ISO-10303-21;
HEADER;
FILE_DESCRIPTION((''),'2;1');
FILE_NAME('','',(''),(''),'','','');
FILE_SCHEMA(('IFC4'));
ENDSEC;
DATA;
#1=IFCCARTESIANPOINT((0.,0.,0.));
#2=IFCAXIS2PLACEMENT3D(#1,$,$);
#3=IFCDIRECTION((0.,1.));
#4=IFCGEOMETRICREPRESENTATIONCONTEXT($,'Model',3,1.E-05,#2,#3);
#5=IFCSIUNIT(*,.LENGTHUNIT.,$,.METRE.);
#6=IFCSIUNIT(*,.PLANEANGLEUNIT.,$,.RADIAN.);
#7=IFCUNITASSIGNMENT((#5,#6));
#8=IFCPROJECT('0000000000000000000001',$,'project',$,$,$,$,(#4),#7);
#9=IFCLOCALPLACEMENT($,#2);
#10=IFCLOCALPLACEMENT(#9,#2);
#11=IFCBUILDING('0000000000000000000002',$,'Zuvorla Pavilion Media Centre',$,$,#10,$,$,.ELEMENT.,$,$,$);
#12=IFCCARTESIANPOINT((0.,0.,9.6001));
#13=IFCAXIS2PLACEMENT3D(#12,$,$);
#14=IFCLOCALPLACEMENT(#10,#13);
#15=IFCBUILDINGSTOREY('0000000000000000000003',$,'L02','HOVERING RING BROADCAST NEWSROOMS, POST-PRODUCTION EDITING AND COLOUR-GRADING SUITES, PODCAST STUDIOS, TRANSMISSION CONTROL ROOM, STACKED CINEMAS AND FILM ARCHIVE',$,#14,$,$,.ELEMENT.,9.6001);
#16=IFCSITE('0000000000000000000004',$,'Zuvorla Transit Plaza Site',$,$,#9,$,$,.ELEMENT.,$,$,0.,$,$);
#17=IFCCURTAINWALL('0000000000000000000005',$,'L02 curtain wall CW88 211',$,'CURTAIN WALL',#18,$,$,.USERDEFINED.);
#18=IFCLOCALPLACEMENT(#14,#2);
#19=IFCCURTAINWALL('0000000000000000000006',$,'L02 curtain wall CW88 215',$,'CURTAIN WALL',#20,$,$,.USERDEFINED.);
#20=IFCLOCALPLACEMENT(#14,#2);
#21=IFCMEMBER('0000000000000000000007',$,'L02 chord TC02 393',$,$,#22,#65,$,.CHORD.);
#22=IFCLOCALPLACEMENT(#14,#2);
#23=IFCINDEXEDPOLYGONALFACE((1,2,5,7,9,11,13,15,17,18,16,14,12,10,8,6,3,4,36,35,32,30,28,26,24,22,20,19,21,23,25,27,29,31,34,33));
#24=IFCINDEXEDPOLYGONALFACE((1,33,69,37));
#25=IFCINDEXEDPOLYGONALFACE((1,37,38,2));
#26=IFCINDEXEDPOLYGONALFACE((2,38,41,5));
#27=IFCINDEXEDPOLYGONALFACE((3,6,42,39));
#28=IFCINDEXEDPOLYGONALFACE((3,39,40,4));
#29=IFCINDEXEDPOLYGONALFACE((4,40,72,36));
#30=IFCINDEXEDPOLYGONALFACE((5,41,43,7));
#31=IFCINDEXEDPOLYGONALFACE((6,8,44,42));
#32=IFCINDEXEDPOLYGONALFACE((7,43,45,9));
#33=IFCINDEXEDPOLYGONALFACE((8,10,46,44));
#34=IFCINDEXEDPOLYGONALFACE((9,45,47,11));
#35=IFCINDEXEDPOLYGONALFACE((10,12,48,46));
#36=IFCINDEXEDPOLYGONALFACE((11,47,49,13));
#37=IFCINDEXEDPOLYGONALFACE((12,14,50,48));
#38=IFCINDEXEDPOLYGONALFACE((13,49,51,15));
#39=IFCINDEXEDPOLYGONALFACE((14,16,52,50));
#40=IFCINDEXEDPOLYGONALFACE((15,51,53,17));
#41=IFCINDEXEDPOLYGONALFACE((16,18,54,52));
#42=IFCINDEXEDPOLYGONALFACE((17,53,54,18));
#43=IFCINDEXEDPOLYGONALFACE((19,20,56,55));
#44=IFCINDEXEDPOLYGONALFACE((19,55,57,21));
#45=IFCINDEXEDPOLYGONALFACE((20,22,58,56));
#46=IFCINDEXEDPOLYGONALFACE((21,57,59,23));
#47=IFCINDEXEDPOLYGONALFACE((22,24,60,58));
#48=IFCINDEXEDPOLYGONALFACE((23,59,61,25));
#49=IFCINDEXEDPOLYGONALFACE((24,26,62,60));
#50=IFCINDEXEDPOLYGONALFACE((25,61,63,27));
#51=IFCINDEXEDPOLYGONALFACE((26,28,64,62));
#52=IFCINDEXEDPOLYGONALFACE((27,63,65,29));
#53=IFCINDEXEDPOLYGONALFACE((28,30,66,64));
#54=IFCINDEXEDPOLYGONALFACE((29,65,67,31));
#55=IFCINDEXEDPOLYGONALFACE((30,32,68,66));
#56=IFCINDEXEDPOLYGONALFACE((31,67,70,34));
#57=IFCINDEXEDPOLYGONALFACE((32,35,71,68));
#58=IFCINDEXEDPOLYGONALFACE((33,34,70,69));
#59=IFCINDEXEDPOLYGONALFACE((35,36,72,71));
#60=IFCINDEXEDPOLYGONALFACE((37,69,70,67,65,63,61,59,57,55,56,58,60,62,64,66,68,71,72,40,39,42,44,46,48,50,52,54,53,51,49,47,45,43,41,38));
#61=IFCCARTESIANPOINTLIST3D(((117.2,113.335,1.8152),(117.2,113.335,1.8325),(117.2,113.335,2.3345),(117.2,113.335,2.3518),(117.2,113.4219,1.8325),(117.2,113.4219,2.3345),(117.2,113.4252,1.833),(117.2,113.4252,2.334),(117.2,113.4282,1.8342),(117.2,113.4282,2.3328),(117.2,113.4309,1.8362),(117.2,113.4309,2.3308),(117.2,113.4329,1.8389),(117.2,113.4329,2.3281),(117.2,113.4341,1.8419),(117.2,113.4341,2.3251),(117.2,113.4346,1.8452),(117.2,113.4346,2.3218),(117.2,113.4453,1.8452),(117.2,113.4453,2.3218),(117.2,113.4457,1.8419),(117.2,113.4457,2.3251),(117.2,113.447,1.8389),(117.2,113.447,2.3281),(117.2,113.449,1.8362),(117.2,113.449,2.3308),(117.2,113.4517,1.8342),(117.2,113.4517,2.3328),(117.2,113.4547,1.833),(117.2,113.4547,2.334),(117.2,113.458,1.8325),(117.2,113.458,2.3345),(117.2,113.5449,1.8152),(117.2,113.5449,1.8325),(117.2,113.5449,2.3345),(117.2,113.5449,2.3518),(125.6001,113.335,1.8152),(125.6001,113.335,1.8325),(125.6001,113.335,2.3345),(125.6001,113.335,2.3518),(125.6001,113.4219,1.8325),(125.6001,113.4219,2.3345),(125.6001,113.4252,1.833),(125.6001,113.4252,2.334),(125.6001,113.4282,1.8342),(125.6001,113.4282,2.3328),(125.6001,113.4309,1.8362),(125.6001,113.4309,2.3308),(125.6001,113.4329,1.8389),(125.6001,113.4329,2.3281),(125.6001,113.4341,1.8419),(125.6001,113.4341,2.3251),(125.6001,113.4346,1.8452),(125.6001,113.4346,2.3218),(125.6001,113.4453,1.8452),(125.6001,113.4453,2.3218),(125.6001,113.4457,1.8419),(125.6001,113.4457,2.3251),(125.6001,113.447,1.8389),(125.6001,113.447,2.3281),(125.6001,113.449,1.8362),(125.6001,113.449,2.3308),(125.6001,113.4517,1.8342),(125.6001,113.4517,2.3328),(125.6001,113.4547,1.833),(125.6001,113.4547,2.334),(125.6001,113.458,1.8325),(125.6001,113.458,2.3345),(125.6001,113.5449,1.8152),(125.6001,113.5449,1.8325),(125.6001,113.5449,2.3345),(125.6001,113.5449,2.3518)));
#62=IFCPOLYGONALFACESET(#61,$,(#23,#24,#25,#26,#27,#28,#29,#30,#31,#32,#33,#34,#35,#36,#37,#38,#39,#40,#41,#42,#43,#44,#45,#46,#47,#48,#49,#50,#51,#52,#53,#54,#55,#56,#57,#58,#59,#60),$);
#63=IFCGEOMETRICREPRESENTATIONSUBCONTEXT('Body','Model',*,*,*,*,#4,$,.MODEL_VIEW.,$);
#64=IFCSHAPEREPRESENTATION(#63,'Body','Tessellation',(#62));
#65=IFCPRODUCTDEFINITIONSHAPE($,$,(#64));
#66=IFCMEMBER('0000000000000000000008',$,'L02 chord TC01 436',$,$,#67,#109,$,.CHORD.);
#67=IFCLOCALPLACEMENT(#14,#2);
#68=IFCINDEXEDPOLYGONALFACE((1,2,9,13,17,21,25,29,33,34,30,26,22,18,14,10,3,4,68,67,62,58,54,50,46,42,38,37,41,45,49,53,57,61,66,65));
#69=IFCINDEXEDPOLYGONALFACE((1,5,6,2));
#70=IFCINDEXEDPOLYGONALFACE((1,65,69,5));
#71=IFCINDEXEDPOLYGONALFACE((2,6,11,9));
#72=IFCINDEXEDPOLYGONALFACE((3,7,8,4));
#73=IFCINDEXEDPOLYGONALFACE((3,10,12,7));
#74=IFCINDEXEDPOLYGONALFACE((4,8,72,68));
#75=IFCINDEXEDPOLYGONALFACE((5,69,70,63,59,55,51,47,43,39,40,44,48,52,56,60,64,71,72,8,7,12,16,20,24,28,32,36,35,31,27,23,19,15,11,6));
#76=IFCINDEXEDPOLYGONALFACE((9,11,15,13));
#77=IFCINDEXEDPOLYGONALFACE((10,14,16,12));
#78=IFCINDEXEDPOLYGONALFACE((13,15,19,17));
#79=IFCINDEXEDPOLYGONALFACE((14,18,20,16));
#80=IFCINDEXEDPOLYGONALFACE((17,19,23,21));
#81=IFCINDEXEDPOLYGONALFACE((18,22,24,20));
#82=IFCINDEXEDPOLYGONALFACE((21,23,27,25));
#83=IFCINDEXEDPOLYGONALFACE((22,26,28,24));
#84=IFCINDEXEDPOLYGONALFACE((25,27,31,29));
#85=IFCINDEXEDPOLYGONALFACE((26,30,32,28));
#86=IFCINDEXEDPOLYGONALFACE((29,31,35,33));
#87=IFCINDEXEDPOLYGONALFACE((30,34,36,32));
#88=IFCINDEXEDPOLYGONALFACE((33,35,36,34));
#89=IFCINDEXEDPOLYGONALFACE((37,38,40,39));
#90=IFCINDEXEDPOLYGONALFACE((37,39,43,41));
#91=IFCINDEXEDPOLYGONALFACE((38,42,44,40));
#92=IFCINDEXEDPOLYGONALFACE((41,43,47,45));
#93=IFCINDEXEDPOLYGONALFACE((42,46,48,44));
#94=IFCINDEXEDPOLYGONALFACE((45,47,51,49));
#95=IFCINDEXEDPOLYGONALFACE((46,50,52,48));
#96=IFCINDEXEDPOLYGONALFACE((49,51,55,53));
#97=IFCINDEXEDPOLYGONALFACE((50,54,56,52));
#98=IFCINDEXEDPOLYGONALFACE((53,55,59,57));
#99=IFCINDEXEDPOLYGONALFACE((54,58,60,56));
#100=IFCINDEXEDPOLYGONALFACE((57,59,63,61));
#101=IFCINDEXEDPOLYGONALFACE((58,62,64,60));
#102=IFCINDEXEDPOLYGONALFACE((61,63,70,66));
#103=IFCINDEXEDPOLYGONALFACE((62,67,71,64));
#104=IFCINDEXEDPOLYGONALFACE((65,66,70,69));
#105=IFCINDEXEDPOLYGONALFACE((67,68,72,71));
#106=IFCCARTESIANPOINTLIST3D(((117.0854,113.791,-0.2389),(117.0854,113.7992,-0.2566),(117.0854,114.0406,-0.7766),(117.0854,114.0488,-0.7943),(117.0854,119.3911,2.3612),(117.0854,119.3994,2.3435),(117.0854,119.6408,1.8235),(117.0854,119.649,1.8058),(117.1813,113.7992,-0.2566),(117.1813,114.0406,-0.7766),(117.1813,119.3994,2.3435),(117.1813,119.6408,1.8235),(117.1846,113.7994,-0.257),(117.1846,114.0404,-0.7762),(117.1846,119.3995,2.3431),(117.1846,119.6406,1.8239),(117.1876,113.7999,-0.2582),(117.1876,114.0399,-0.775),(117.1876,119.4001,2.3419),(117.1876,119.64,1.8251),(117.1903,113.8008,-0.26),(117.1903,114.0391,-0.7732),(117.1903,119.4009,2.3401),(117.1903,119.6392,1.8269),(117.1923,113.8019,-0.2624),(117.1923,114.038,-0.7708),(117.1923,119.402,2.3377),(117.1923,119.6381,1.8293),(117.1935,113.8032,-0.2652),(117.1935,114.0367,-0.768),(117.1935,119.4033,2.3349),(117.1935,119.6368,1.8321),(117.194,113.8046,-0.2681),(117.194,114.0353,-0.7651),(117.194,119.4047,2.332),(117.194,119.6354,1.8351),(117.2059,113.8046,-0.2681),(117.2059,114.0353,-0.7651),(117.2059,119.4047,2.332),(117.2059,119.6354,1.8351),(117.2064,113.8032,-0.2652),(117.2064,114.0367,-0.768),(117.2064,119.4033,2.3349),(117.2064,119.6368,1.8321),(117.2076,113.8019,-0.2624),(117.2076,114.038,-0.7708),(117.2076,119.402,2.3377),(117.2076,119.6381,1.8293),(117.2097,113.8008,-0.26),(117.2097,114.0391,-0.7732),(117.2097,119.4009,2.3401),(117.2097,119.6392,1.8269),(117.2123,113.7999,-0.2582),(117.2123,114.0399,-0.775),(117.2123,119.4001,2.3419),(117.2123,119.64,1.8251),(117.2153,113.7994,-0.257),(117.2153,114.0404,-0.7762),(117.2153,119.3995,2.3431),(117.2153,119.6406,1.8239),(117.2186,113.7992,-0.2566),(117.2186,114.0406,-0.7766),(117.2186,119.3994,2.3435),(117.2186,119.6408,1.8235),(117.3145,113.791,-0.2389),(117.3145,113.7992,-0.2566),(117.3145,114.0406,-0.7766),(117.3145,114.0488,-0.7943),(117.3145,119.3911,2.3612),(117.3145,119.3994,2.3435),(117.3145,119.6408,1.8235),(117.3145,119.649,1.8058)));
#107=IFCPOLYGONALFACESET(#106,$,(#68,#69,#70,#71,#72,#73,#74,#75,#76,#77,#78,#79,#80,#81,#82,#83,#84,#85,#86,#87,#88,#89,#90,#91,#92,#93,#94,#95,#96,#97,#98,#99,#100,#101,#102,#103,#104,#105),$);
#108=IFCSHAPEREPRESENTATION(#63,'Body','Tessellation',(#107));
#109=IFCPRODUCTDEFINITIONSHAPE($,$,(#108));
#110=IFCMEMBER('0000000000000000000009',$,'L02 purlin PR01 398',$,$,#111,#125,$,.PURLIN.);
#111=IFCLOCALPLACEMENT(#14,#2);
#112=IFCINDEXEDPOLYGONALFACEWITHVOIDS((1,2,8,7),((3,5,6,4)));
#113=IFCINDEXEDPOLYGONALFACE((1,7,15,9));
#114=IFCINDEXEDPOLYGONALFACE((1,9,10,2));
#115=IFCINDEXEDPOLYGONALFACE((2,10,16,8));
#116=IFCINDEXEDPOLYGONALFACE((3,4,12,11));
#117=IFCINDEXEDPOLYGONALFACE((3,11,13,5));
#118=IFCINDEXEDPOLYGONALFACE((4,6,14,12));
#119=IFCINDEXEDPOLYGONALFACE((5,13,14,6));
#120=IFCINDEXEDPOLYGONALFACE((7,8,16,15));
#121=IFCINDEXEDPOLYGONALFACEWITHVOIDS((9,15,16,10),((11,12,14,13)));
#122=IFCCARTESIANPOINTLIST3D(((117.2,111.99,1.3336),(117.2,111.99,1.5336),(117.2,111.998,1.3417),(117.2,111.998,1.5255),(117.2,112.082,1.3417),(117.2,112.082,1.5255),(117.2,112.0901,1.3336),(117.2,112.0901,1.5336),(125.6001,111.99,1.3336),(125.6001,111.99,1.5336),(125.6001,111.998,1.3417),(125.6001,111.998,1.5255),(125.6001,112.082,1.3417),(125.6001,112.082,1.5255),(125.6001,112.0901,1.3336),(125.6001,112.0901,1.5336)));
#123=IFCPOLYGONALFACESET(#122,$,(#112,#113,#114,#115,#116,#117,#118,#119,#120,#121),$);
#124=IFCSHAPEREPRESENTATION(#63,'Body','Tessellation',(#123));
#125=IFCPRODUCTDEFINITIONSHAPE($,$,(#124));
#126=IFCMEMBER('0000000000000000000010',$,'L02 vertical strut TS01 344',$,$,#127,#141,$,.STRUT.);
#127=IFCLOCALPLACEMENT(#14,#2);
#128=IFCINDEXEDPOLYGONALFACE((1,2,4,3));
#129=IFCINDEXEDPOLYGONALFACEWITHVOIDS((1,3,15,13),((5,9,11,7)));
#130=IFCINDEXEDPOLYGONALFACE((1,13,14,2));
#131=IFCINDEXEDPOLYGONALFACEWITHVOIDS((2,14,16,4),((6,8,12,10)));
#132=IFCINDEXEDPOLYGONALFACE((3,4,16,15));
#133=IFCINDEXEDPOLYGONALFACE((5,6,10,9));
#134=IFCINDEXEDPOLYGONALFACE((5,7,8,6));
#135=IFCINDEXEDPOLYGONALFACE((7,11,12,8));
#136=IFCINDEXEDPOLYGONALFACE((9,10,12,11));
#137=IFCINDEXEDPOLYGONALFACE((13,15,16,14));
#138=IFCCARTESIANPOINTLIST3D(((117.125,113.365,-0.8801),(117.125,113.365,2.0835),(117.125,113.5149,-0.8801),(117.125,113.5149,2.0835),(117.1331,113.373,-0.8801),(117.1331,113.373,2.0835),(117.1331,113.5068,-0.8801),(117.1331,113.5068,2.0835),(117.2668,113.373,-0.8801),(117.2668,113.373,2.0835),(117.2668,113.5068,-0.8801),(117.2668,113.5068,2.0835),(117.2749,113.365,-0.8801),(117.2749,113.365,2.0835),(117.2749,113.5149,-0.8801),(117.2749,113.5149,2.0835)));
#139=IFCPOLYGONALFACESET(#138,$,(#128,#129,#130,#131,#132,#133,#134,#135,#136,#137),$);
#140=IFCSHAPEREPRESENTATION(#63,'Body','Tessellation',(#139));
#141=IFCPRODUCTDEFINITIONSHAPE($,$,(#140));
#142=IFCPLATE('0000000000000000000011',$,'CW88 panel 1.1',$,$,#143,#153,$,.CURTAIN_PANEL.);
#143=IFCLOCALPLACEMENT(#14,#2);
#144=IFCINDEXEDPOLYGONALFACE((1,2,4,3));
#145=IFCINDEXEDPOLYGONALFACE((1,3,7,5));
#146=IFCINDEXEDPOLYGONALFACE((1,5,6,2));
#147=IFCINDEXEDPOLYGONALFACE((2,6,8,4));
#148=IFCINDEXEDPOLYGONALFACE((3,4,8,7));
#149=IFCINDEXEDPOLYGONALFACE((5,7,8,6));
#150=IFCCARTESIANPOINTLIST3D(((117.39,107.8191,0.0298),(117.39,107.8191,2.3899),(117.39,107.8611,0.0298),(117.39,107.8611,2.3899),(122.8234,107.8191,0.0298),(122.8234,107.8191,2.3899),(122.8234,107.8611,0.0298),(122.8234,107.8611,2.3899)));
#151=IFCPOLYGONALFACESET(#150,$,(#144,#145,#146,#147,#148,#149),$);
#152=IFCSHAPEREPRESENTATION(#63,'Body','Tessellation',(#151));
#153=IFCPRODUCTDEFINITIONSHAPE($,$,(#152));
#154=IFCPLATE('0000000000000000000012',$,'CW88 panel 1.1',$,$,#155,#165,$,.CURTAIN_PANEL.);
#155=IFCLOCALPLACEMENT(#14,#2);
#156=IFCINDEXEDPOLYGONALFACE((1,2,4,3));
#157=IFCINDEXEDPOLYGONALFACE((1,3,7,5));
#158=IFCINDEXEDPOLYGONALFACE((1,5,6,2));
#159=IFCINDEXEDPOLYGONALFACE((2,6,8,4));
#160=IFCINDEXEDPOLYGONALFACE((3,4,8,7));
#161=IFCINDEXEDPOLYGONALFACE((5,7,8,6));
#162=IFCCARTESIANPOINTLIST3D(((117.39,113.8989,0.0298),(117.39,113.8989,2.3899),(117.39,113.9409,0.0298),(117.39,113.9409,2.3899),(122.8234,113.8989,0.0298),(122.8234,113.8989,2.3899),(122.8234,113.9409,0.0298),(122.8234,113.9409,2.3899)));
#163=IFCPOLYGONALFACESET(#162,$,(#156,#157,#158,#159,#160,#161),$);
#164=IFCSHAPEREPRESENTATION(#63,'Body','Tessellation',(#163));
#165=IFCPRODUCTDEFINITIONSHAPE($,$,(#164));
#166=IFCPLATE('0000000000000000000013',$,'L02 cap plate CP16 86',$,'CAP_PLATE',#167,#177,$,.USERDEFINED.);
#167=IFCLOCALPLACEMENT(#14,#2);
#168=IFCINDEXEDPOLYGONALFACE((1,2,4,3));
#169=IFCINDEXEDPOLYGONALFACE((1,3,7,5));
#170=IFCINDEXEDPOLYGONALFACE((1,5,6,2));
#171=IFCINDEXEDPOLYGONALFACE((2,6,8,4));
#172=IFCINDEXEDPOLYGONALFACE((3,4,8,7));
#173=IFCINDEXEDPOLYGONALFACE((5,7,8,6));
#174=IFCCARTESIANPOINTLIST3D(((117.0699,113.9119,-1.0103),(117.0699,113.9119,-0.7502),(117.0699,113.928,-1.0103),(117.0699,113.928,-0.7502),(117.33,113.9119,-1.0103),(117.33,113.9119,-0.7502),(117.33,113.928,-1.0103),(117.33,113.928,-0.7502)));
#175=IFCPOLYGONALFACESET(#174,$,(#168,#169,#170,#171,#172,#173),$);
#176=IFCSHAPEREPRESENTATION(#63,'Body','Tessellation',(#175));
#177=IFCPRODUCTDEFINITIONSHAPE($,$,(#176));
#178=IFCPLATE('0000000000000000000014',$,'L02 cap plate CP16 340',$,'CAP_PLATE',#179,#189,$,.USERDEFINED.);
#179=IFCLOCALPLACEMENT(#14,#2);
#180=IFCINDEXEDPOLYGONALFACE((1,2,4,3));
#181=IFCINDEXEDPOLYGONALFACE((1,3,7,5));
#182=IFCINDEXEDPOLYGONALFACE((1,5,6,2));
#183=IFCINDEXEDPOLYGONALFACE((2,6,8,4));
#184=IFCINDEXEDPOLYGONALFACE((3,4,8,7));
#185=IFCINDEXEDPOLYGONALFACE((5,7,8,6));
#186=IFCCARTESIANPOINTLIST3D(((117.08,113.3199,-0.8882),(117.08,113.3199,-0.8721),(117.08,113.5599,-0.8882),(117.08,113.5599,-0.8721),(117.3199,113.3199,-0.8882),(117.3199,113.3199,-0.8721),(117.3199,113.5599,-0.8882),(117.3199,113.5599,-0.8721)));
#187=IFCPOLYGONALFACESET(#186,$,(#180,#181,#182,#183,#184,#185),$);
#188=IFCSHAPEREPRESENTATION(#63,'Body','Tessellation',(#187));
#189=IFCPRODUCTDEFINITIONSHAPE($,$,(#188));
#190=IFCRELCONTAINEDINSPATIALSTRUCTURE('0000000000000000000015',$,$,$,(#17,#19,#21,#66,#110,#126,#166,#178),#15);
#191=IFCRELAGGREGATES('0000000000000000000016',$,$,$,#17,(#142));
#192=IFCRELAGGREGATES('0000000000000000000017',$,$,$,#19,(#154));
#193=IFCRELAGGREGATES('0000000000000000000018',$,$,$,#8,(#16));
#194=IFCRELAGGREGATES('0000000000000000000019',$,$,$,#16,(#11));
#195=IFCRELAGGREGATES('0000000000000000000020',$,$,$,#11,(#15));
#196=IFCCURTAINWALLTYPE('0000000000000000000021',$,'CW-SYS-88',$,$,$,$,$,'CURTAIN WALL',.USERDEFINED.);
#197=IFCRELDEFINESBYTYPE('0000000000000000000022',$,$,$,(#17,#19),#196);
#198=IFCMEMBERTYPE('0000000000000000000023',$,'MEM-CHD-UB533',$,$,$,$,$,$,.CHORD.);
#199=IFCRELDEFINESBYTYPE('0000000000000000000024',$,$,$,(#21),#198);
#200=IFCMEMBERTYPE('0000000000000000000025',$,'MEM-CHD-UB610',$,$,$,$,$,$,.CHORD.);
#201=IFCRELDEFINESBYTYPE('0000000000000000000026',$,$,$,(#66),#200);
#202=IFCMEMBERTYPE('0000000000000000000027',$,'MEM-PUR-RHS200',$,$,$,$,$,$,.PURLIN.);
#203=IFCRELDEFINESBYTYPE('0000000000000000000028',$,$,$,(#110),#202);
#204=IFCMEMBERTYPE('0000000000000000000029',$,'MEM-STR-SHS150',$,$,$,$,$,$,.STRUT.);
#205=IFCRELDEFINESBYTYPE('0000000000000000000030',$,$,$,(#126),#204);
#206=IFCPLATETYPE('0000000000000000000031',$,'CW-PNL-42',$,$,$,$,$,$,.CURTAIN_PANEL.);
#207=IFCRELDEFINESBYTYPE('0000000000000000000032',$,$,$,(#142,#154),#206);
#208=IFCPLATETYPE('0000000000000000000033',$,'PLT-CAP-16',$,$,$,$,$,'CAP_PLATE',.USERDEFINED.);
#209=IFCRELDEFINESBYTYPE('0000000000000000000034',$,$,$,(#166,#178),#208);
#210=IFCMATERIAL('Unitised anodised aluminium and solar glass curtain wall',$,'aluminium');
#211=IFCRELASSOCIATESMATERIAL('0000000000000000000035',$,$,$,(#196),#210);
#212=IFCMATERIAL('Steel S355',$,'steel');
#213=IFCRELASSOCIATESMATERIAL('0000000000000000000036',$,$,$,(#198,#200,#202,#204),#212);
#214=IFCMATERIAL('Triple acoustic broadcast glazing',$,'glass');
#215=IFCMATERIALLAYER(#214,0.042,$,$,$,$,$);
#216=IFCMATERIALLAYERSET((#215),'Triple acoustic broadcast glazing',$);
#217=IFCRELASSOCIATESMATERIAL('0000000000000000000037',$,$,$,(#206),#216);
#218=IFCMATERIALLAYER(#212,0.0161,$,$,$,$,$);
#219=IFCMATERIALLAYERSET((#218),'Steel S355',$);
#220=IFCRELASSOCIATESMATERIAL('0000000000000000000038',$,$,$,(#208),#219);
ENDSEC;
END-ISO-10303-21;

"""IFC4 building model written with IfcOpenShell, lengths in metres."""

from ifc_helpers import new_model, si_unit, direction, frame, origin, origin_2d, place, context, subcontext, project, spatial, rectangle, hollow_rectangle, i_section, extrude, material, layer, layer_set, material_profile, profile_set, type_object, element, aggregate, save


model = new_model("IFC4")

# Units and contexts
model_context = context("Model", 3, precision=1e-05, world=origin(), true_north=direction((0.0, 1.0)))
body_context = subcontext(model_context, "Body", "Model", "MODEL_VIEW")
ifc_project = project(units=[si_unit("LENGTHUNIT", "METRE"), si_unit("PLANEANGLEUNIT", "RADIAN")], contexts=[model_context])

# Site, building, storey
site_placement = place(None, origin())
site = spatial("IfcSite", under=ifc_project, at=site_placement, Name="Zuvorla Transit Plaza Site", CompositionType="ELEMENT", RefElevation=0.0)
building_placement = place(site_placement, origin())
building = spatial("IfcBuilding", under=site, at=building_placement, Name="Zuvorla Pavilion Media Centre", CompositionType="ELEMENT")
storey_placement = place(building_placement, frame((0.0, 0.0, 9.6001)))
storey = spatial("IfcBuildingStorey", under=building, at=storey_placement, Name="L02", Description="HOVERING RING BROADCAST NEWSROOMS, POST-PRODUCTION EDITING AND COLOUR-GRADING SUITES, PODCAST STUDIOS, TRANSMISSION CONTROL ROOM, STACKED CINEMAS AND FILM ARCHIVE", CompositionType="ELEMENT", Elevation=9.6001)

# Curtain walls
ifc_material_1 = material(Name="Unitised anodised aluminium and solar glass curtain wall", Category="aluminium")
curtain_wall_type = type_object("IfcCurtainWallType", Name="CW-SYS-88", ElementType="CURTAIN WALL", PredefinedType="USERDEFINED", material=ifc_material_1)
curtain_wall_1_placement = place(storey_placement, origin())
curtain_wall_1 = element("IfcCurtainWall", 1, at=curtain_wall_1_placement, inside=storey, type_object=curtain_wall_type, Name="L02 curtain wall CW88 211", ObjectType="CURTAIN WALL", PredefinedType="USERDEFINED")
curtain_wall_2_placement = place(storey_placement, origin())
curtain_wall_2 = element("IfcCurtainWall", 2, at=curtain_wall_2_placement, inside=storey, type_object=curtain_wall_type, Name="L02 curtain wall CW88 215", ObjectType="CURTAIN WALL", PredefinedType="USERDEFINED")

# Members
ifc_material_2 = material(Name="Steel S355", Category="steel")
ifc_material_profile_1 = material_profile(ifc_material_2, i_section(OverallWidth=0.21, OverallDepth=0.5366, WebThickness=0.0107, FlangeThickness=0.0173, FilletRadius=0.0127, at=origin_2d()), Name="UB 533x210x101")
ifc_profile_set_1 = profile_set([ifc_material_profile_1], Name="Steel S355")
member_type_1 = type_object("IfcMemberType", Name="MEM-CHD-UB533", PredefinedType="CHORD", material=ifc_profile_set_1)
member_1_placement = place(storey_placement, frame((117.2, 113.4399, 2.0835), z_axis=(1.0, 0.0, 0.0), x_axis=(0.0, 1.0, 0.0)))
element("IfcMember", 3, at=member_1_placement, inside=storey, type_object=member_type_1, Name="L02 chord TC02 393", PredefinedType="CHORD", context=body_context, shape_type="SweptSolid", body=[
    extrude(i_section(OverallWidth=0.21, OverallDepth=0.5366, WebThickness=0.0107, FlangeThickness=0.0173, FilletRadius=0.0127, at=origin_2d()), origin(), (0.0, 0.0, 1.0), 8.4001),
])
ifc_material_profile_2 = material_profile(ifc_material_2, i_section(OverallWidth=0.229, OverallDepth=0.6123, WebThickness=0.012, FlangeThickness=0.0195, FilletRadius=0.0127, at=origin_2d()), Name="UB 610x229x125")
ifc_profile_set_2 = profile_set([ifc_material_profile_2], Name="Steel S355")
member_type_2 = type_object("IfcMemberType", Name="MEM-CHD-UB610", PredefinedType="CHORD", material=ifc_profile_set_2)
member_2_placement = place(storey_placement, frame((117.2, 113.9199, -0.5166), z_axis=(0.0, 0.907006, 0.421118), x_axis=(-1.0, 0.0, 0.0)))
element("IfcMember", 4, at=member_2_placement, inside=storey, type_object=member_type_2, Name="L02 chord TC01 436", PredefinedType="CHORD", context=body_context, shape_type="SweptSolid", body=[
    extrude(i_section(OverallWidth=0.229, OverallDepth=0.6123, WebThickness=0.012, FlangeThickness=0.0195, FilletRadius=0.0127, at=origin_2d()), origin(), (0.0, 0.0, 1.0), 6.1743),
])
ifc_material_profile_3 = material_profile(ifc_material_2, hollow_rectangle(XDim=0.1001, YDim=0.2, WallThickness=0.0081, at=origin_2d()), Name="RHS 200x100x8")
ifc_profile_set_3 = profile_set([ifc_material_profile_3], Name="Steel S355")
member_type_3 = type_object("IfcMemberType", Name="MEM-PUR-RHS200", PredefinedType="PURLIN", material=ifc_profile_set_3)
member_3_placement = place(storey_placement, frame((117.2, 112.04, 1.4336), z_axis=(1.0, 0.0, 0.0), x_axis=(0.0, 1.0, 0.0)))
element("IfcMember", 5, at=member_3_placement, inside=storey, type_object=member_type_3, Name="L02 purlin PR01 398", PredefinedType="PURLIN", context=body_context, shape_type="SweptSolid", body=[
    extrude(hollow_rectangle(XDim=0.1001, YDim=0.2, WallThickness=0.0081, at=origin_2d()), origin(), (0.0, 0.0, 1.0), 8.4001),
])
ifc_material_profile_4 = material_profile(ifc_material_2, hollow_rectangle(XDim=0.1499, YDim=0.1499, WallThickness=0.0081, at=origin_2d()), Name="SHS 150x150x8")
ifc_profile_set_4 = profile_set([ifc_material_profile_4], Name="Steel S355")
member_type_4 = type_object("IfcMemberType", Name="MEM-STR-SHS150", PredefinedType="STRUT", material=ifc_profile_set_4)
member_4_placement = place(storey_placement, frame((117.2, 113.4399, -0.8801), z_axis=(0.0, 0.0, 1.0), x_axis=(1.0, 0.0, 0.0)))
element("IfcMember", 6, at=member_4_placement, inside=storey, type_object=member_type_4, Name="L02 vertical strut TS01 344", PredefinedType="STRUT", context=body_context, shape_type="SweptSolid", body=[
    extrude(hollow_rectangle(XDim=0.1499, YDim=0.1499, WallThickness=0.0081, at=origin_2d()), origin(), (0.0, 0.0, 1.0), 2.9636),
])

# Plates
ifc_material_3 = material(Name="Triple acoustic broadcast glazing", Category="glass")
ifc_layer_1 = layer(ifc_material_3, 0.042)
ifc_layer_set_1 = layer_set([ifc_layer_1], Name="Triple acoustic broadcast glazing")
plate_type_1 = type_object("IfcPlateType", Name="CW-PNL-42", PredefinedType="CURTAIN_PANEL", material=ifc_layer_set_1)
plate_1_placement = place(storey_placement, frame((120.1067, 107.8401, 0.0298), z_axis=(0.0, 0.0, 1.0), x_axis=(1.0, 0.0, 0.0)))
plate_1 = element("IfcPlate", 7, at=plate_1_placement, type_object=plate_type_1, Name="CW88 panel 1.1", PredefinedType="CURTAIN_PANEL", context=body_context, shape_type="SweptSolid", body=[
    extrude(rectangle(XDim=5.4333, YDim=0.042, at=origin_2d()), origin(), (0.0, 0.0, 1.0), 2.3601),
])
aggregate(curtain_wall_1, [plate_1])
plate_2_placement = place(storey_placement, frame((120.1067, 113.9199, 0.0298), z_axis=(0.0, 0.0, 1.0), x_axis=(1.0, 0.0, 0.0)))
plate_2 = element("IfcPlate", 8, at=plate_2_placement, type_object=plate_type_1, Name="CW88 panel 1.1", PredefinedType="CURTAIN_PANEL", context=body_context, shape_type="SweptSolid", body=[
    extrude(rectangle(XDim=5.4333, YDim=0.042, at=origin_2d()), origin(), (0.0, 0.0, 1.0), 2.3601),
])
aggregate(curtain_wall_2, [plate_2])

# Plates
ifc_layer_2 = layer(ifc_material_2, 0.0161)
ifc_layer_set_2 = layer_set([ifc_layer_2], Name="Steel S355")
plate_type_2 = type_object("IfcPlateType", Name="PLT-CAP-16", ElementType="CAP_PLATE", PredefinedType="USERDEFINED", material=ifc_layer_set_2)
plate_3_placement = place(storey_placement, frame((117.2, 113.9199, -1.0103), z_axis=(0.0, 0.0, 1.0), x_axis=(1.0, 0.0, 0.0)))
element("IfcPlate", 9, at=plate_3_placement, inside=storey, type_object=plate_type_2, Name="L02 cap plate CP16 86", ObjectType="CAP_PLATE", PredefinedType="USERDEFINED", context=body_context, shape_type="SweptSolid", body=[
    extrude(rectangle(XDim=0.26, YDim=0.0161, at=origin_2d()), origin(), (0.0, 0.0, 1.0), 0.26),
])
for number, where, z_axis, x_axis, name in (
    (10, (117.2, 113.4399, -0.8882), (0.0, 0.0, 1.0), (1.0, 0.0, 0.0), "L02 cap plate CP16 340"),
):
    element("IfcPlate", number, at=place(storey_placement, frame(where, z_axis=z_axis, x_axis=x_axis)), inside=storey, type_object=plate_type_2, Name=name, ObjectType="CAP_PLATE", PredefinedType="USERDEFINED", context=body_context, shape_type="SweptSolid", body=[
        extrude(rectangle(XDim=0.24, YDim=0.24, at=origin_2d()), origin(), (0.0, 0.0, 1.0), 0.0161),
    ])

save(model, "model.ifc")
